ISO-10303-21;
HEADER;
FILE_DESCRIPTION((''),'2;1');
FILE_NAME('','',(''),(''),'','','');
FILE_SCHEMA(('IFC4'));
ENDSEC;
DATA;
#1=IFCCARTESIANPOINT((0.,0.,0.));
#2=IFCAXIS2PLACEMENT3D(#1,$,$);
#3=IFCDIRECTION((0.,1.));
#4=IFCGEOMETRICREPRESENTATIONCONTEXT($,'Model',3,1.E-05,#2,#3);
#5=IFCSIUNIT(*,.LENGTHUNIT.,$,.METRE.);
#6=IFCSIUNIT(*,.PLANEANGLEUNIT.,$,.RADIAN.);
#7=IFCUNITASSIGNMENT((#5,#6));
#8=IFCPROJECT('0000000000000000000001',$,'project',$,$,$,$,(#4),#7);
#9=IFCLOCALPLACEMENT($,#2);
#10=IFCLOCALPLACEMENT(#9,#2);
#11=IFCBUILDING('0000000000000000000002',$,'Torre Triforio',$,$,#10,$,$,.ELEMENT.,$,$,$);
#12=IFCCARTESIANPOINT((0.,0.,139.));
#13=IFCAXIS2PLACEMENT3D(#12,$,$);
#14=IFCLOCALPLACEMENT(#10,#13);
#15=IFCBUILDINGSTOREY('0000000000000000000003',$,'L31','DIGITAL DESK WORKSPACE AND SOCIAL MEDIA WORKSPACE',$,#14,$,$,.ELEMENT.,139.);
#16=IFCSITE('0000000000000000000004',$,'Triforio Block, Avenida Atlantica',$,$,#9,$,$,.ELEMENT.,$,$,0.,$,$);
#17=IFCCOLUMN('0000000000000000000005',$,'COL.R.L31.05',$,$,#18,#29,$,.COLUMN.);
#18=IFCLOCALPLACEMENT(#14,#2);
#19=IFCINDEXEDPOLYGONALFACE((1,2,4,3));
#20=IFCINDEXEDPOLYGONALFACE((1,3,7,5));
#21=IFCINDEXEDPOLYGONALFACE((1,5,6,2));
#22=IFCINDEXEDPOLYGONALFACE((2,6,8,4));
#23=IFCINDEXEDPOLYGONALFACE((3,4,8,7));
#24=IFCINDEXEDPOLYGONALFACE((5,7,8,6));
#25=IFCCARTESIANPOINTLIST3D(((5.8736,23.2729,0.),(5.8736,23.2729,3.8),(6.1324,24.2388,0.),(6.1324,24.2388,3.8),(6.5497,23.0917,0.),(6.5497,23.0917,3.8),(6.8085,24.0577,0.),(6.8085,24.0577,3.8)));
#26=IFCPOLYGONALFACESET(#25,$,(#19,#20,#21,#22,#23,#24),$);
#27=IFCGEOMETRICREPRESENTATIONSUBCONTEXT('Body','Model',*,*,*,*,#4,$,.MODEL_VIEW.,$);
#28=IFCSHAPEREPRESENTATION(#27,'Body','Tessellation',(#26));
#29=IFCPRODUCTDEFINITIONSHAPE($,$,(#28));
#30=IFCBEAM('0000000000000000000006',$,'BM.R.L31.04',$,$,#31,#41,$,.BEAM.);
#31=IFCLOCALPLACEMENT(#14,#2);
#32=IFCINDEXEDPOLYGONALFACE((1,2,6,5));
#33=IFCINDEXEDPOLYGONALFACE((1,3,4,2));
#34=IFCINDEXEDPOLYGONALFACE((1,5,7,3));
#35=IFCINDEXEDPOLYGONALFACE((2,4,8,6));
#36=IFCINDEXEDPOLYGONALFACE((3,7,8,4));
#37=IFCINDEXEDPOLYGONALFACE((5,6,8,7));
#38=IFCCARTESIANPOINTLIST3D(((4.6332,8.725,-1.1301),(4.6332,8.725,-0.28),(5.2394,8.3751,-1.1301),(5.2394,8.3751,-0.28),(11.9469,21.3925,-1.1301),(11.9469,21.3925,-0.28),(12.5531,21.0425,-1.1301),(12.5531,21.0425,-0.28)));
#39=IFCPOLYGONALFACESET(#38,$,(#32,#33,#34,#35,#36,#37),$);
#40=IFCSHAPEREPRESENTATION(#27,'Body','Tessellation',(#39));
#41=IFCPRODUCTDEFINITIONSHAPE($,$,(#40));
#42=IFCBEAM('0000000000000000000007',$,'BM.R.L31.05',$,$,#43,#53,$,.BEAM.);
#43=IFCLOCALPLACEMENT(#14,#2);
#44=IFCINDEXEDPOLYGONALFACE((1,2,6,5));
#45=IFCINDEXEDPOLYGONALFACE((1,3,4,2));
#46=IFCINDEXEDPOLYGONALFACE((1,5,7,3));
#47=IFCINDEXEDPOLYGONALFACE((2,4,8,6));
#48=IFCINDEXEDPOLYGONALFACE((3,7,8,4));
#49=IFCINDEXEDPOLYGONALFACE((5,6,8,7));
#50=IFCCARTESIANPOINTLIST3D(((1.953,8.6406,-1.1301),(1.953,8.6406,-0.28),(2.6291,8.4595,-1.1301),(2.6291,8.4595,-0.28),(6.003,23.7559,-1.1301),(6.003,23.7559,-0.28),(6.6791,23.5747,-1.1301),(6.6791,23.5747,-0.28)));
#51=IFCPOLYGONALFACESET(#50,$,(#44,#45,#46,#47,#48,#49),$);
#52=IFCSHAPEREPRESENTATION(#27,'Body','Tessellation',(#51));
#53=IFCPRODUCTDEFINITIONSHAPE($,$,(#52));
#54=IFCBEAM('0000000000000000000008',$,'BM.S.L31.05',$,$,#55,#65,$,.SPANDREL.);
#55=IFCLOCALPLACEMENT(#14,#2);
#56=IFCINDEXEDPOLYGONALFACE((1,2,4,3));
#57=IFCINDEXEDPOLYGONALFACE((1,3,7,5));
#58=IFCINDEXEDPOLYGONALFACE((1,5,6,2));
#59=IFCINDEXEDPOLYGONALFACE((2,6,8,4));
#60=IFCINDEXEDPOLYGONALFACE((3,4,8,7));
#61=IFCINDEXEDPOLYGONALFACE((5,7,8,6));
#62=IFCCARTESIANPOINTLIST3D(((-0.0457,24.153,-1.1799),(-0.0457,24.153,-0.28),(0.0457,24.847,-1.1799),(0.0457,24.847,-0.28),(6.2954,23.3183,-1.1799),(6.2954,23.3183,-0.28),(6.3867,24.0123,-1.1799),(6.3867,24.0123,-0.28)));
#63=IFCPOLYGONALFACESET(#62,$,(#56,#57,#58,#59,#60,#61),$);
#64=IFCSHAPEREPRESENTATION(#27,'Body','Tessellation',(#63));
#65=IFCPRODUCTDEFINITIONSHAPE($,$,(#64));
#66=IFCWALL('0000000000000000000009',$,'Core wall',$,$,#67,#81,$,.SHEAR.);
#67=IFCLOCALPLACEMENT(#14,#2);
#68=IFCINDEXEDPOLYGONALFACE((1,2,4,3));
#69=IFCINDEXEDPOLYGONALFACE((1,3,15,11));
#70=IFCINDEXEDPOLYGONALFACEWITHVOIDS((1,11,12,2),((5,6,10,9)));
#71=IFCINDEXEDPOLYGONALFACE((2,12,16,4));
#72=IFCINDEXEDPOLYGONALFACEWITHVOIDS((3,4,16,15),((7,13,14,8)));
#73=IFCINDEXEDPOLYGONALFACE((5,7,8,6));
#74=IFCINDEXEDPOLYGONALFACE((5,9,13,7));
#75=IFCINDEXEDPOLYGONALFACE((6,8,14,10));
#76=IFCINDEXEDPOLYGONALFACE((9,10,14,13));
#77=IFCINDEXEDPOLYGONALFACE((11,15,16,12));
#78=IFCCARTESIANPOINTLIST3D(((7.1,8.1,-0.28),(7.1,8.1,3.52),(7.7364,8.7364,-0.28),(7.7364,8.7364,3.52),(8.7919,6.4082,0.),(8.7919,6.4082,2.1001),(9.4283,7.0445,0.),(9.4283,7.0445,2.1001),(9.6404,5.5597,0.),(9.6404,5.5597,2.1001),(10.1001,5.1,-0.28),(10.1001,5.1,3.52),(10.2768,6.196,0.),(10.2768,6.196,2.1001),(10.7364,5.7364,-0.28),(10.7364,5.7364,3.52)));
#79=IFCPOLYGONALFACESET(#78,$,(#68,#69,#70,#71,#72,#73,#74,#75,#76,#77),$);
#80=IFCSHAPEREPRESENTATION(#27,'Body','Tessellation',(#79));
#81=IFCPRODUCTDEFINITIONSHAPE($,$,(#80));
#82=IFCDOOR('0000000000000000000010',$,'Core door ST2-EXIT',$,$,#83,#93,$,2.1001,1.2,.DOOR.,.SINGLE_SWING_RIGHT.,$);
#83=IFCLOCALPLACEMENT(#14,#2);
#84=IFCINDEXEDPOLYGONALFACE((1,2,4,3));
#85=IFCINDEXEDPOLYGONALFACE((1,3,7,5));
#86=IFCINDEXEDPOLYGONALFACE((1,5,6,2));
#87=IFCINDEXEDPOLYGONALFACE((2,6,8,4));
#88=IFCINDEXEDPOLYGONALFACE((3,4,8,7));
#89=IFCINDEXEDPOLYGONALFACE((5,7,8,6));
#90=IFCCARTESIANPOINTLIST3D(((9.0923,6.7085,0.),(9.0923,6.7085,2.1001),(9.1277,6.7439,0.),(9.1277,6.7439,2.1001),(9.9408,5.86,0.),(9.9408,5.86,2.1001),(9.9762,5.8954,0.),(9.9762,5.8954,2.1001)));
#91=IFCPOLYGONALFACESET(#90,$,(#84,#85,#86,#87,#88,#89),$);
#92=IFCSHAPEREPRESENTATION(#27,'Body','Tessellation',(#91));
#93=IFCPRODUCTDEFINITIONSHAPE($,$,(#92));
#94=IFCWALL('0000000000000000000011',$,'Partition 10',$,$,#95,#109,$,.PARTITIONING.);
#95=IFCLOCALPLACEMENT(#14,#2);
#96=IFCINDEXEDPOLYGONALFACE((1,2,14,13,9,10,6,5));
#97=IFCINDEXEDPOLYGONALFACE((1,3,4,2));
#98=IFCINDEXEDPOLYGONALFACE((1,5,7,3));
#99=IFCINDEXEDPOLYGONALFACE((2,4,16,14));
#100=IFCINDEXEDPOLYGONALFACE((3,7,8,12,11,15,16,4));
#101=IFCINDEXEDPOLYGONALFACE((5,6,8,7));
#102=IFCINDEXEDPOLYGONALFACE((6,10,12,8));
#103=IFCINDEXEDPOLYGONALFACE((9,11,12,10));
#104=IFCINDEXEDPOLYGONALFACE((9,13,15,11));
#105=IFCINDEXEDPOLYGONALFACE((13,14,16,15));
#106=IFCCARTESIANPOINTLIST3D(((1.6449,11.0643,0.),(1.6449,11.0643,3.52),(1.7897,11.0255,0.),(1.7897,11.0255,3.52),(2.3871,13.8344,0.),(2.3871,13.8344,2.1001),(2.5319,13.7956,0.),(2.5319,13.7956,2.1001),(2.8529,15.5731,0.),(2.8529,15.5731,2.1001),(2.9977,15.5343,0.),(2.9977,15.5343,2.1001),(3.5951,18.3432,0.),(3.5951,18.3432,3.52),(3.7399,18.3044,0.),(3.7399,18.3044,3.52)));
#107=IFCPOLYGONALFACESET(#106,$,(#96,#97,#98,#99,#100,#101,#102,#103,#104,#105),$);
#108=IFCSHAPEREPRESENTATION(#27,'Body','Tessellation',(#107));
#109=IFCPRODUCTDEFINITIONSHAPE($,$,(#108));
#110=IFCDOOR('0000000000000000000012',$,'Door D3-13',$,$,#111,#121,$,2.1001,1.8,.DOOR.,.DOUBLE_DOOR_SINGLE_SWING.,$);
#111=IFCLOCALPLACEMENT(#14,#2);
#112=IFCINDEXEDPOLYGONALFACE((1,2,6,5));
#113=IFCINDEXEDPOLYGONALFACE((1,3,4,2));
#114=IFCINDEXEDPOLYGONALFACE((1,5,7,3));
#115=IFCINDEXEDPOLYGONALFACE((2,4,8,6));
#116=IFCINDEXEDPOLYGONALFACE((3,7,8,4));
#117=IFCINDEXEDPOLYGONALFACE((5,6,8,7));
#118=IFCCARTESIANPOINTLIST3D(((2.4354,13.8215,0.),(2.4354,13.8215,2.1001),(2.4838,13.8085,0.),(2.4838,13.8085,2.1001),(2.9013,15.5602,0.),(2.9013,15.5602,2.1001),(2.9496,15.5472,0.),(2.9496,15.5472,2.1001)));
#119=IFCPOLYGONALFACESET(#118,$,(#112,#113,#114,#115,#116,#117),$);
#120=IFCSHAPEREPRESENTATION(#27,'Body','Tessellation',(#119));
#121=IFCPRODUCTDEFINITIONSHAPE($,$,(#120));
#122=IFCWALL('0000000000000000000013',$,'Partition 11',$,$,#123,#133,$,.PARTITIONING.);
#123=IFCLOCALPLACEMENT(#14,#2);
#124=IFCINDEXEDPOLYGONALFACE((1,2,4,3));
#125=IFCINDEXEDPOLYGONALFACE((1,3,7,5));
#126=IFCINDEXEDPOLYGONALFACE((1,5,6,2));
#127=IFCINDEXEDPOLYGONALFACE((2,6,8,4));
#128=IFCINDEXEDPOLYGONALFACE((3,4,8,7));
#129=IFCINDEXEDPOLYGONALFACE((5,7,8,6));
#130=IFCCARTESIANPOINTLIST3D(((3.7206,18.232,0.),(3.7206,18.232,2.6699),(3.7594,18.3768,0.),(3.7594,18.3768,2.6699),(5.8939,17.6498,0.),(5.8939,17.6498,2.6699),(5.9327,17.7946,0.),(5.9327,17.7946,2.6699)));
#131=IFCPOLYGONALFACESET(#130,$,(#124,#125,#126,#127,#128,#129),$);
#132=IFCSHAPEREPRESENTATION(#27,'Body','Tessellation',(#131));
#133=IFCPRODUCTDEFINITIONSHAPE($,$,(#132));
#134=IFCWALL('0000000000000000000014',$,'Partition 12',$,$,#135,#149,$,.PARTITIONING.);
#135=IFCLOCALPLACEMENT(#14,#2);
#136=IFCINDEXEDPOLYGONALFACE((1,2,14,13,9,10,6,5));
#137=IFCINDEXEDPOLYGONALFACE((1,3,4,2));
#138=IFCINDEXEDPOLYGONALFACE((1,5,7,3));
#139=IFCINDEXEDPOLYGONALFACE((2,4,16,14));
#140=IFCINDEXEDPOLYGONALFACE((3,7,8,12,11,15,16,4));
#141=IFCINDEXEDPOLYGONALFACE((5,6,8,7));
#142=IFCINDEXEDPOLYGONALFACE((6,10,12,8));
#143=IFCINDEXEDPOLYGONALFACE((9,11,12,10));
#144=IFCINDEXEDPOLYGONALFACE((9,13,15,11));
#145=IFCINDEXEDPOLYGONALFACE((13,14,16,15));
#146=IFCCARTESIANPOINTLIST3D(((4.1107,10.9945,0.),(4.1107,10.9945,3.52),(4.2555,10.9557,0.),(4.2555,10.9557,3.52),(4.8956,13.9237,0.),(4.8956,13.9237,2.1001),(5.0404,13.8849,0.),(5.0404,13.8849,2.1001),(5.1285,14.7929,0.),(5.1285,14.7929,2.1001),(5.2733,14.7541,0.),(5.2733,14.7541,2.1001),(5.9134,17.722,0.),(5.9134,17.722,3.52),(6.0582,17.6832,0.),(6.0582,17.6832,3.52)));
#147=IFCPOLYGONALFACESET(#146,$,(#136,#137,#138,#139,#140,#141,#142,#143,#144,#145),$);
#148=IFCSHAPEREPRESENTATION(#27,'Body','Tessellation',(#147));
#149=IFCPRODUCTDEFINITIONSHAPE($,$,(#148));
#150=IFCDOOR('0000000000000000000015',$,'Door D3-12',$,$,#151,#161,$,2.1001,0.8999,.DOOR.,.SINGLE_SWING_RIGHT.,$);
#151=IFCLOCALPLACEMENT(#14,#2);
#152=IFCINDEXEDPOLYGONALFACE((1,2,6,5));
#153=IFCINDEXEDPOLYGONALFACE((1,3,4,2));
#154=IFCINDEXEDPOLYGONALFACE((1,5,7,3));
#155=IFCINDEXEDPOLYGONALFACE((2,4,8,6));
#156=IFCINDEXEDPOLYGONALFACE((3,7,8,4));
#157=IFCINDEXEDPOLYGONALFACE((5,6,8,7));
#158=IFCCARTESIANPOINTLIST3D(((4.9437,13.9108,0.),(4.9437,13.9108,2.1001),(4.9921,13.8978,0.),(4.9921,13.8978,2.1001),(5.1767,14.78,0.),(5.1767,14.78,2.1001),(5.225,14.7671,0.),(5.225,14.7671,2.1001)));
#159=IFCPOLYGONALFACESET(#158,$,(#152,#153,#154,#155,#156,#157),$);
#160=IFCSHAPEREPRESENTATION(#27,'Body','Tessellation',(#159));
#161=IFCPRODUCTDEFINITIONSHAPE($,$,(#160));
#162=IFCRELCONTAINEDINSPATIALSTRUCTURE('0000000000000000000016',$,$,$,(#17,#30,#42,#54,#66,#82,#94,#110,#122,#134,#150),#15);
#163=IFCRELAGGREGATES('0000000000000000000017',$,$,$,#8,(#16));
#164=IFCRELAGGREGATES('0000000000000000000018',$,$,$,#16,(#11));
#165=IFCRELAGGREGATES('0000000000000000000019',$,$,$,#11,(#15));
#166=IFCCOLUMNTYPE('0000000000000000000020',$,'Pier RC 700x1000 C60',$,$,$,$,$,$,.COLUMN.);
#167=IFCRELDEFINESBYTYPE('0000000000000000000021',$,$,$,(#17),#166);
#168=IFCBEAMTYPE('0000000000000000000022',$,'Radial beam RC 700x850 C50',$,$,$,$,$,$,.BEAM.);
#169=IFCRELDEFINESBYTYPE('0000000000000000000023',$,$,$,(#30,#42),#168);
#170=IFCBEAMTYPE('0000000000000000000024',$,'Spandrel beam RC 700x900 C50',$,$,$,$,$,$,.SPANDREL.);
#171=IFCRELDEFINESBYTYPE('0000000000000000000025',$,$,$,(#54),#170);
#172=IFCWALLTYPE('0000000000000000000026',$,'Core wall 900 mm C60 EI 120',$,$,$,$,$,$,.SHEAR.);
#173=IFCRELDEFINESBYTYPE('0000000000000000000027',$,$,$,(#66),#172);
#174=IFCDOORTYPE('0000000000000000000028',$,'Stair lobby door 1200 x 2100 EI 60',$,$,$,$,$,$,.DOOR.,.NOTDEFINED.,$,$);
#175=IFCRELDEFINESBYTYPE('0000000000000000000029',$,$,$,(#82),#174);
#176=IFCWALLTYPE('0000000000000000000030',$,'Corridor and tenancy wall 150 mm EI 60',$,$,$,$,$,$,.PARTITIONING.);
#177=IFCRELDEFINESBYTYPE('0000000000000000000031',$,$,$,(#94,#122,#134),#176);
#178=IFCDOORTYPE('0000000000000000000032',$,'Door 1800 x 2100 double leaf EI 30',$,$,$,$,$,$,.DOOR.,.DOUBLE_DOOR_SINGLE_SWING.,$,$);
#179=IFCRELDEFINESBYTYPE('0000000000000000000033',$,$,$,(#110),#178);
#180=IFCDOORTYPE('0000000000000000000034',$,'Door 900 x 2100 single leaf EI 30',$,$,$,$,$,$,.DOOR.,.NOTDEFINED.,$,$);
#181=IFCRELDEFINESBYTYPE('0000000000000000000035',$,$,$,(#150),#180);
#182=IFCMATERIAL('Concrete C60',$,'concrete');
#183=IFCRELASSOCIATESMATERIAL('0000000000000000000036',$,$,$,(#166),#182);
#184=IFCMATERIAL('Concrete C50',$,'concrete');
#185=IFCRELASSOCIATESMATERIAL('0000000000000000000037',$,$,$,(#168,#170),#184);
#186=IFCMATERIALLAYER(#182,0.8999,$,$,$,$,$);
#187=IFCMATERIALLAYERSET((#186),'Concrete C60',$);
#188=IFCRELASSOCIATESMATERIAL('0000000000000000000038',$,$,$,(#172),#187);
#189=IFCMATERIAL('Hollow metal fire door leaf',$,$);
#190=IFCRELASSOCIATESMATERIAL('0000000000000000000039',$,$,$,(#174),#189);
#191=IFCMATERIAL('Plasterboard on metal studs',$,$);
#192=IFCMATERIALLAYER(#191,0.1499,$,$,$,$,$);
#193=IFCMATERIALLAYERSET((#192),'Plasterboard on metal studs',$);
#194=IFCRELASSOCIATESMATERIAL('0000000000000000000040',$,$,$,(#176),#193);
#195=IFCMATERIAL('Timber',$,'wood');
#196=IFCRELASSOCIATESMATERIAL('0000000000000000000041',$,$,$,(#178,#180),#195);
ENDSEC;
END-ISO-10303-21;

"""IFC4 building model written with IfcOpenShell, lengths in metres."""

from ifc_helpers import new_model, si_unit, direction, frame, frame_2d, origin, origin_2d, place, context, subcontext, project, spatial, rectangle, extrude, material, layer, layer_set, material_profile, profile_set, type_object, element, fill, save


model = new_model("IFC4")

# Units and contexts
model_context = context("Model", 3, precision=1e-05, world=origin(), true_north=direction((0.0, 1.0)))
body_context = subcontext(model_context, "Body", "Model", "MODEL_VIEW")
ifc_project = project(units=[si_unit("LENGTHUNIT", "METRE"), si_unit("PLANEANGLEUNIT", "RADIAN")], contexts=[model_context])

# Site, building, storey
site_placement = place(None, origin())
site = spatial("IfcSite", under=ifc_project, at=site_placement, Name="Triforio Block, Avenida Atlantica", CompositionType="ELEMENT", RefElevation=0.0)
building_placement = place(site_placement, origin())
building = spatial("IfcBuilding", under=site, at=building_placement, Name="Torre Triforio", CompositionType="ELEMENT")
storey_placement = place(building_placement, frame((0.0, 0.0, 139.0)))
storey = spatial("IfcBuildingStorey", under=building, at=storey_placement, Name="L31", Description="DIGITAL DESK WORKSPACE AND SOCIAL MEDIA WORKSPACE", CompositionType="ELEMENT", Elevation=139.0)

# Column
ifc_material_1 = material(Name="Concrete C60", Category="concrete")
ifc_material_profile_1 = material_profile(ifc_material_1, rectangle(XDim=0.7, YDim=1.0, at=origin_2d()), Name="RC 700x1000")
ifc_profile_set_1 = profile_set([ifc_material_profile_1], Name="Concrete C60")
column_type = type_object("IfcColumnType", Name="Pier RC 700x1000 C60", PredefinedType="COLUMN", material=ifc_profile_set_1)
column_placement = place(storey_placement, frame((6.3411, 23.6653, 0.0), z_axis=(0.0, 0.0, 1.0), x_axis=(-0.965926, 0.258819, 0.0)))
element("IfcColumn", 1, at=column_placement, inside=storey, type_object=column_type, Name="COL.R.L31.05", PredefinedType="COLUMN", context=body_context, shape_type="SweptSolid", body=[
    extrude(rectangle(XDim=0.7, YDim=1.0, at=origin_2d()), origin(), (0.0, 0.0, 1.0), 3.8),
])

# Beams
ifc_material_2 = material(Name="Concrete C50", Category="concrete")
ifc_material_profile_2 = material_profile(ifc_material_2, rectangle(XDim=0.7, YDim=0.8501, at=origin_2d()), Name="RC 700x850")
ifc_profile_set_2 = profile_set([ifc_material_profile_2], Name="Concrete C50")
beam_type_1 = type_object("IfcBeamType", Name="Radial beam RC 700x850 C50", PredefinedType="BEAM", material=ifc_profile_set_2)
beam_1_placement = place(storey_placement, frame((4.9363, 8.55, -0.7051), z_axis=(0.500008, 0.866021, 0.0), x_axis=(-0.866021, 0.500008, 0.0)))
element("IfcBeam", 2, at=beam_1_placement, inside=storey, type_object=beam_type_1, Name="BM.R.L31.04", PredefinedType="BEAM", context=body_context, shape_type="SweptSolid", body=[
    extrude(rectangle(XDim=0.7, YDim=0.8501, at=origin_2d()), origin(), (0.0, 0.0, 1.0), 14.6272),
])
beam_2_placement = place(storey_placement, frame((2.291, 8.55, -0.7051), z_axis=(0.258815, 0.965927, 0.0), x_axis=(-0.965927, 0.258815, 0.0)))
element("IfcBeam", 3, at=beam_2_placement, inside=storey, type_object=beam_type_1, Name="BM.R.L31.05", PredefinedType="BEAM", context=body_context, shape_type="SweptSolid", body=[
    extrude(rectangle(XDim=0.7, YDim=0.8501, at=origin_2d()), origin(), (0.0, 0.0, 1.0), 15.6484),
])
ifc_material_profile_3 = material_profile(ifc_material_2, rectangle(XDim=0.7, YDim=0.8999, at=origin_2d()), Name="RC 700x900")
ifc_profile_set_3 = profile_set([ifc_material_profile_3], Name="Concrete C50")
beam_type_2 = type_object("IfcBeamType", Name="Spandrel beam RC 700x900 C50", PredefinedType="SPANDREL", material=ifc_profile_set_3)
beam_3_placement = place(storey_placement, frame((6.3411, 23.6653, -0.73), z_axis=(-0.991447, 0.130511, 0.0), x_axis=(-0.130511, -0.991447, 0.0)))
element("IfcBeam", 4, at=beam_3_placement, inside=storey, type_object=beam_type_2, Name="BM.S.L31.05", PredefinedType="SPANDREL", context=body_context, shape_type="SweptSolid", body=[
    extrude(rectangle(XDim=0.7, YDim=0.8999, at=origin_2d()), origin(), (0.0, 0.0, 1.0), 6.3958),
])

# Walls, openings, doors
ifc_layer_1 = layer(ifc_material_1, 0.8999)
ifc_layer_set_1 = layer_set([ifc_layer_1], Name="Concrete C60")
wall_type_1 = type_object("IfcWallType", Name="Core wall 900 mm C60 EI 120", PredefinedType="SHEAR", material=ifc_layer_set_1)
wall_1_placement = place(storey_placement, frame((7.4182, 8.4182, -0.28), z_axis=(0.0, 0.0, 1.0), x_axis=(0.707107, -0.707107, 0.0)))
wall_1 = element("IfcWall", 5, at=wall_1_placement, inside=storey, type_object=wall_type_1, Name="Core wall", PredefinedType="SHEAR", context=body_context, shape_type="SweptSolid", body=[
    extrude(rectangle(XDim=4.2427, YDim=0.8999, at=frame_2d((2.1213, 0.0))), origin(), (0.0, 0.0, 1.0), 3.8),
])
opening_1_placement = place(wall_1_placement, frame((2.3926, 0.0, 0.28)))
opening_1 = element("IfcOpeningElement", 6, at=opening_1_placement, cuts=wall_1, PredefinedType="OPENING", context=body_context, shape_type="SweptSolid", body=[
    extrude(rectangle(XDim=1.2, YDim=2.1001, at=frame_2d((0.6001, 1.05))), frame((0.0, 0.46, 0.0), z_axis=(0.0, -1.0, 0.0), x_axis=(1.0, 0.0, 0.0)), (0.0, 0.0, 1.0), 0.9199),
])
ifc_material_3 = material(Name="Hollow metal fire door leaf")
door_type_1 = type_object("IfcDoorType", Name="Stair lobby door 1200 x 2100 EI 60", OperationType="NOTDEFINED", PredefinedType="DOOR", material=ifc_material_3)
door_1_placement = place(opening_1_placement, origin())
door_1 = element("IfcDoor", 7, at=door_1_placement, inside=storey, type_object=door_type_1, Name="Core door ST2-EXIT", OperationType="SINGLE_SWING_RIGHT", OverallHeight=2.1001, OverallWidth=1.2, PredefinedType="DOOR", context=body_context, shape_type="SweptSolid", body=[
    extrude(rectangle(XDim=1.2, YDim=2.1001, at=frame_2d((0.6001, 1.05))), frame((0.0, 0.0249, 0.0), z_axis=(0.0, -1.0, 0.0), x_axis=(1.0, 0.0, 0.0)), (0.0, 0.0, 1.0), 0.05),
])
fill(opening_1, door_1)
ifc_material_4 = material(Name="Plasterboard on metal studs")
ifc_layer_2 = layer(ifc_material_4, 0.1499)
ifc_layer_set_2 = layer_set([ifc_layer_2], Name="Plasterboard on metal studs")
wall_type_2 = type_object("IfcWallType", Name="Corridor and tenancy wall 150 mm EI 60", PredefinedType="PARTITIONING", material=ifc_layer_set_2)
wall_2_placement = place(storey_placement, frame((1.7173, 11.0449, 0.0), z_axis=(0.0, 0.0, 1.0), x_axis=(0.2588, 0.965931, 0.0)))
wall_2 = element("IfcWall", 8, at=wall_2_placement, inside=storey, type_object=wall_type_2, Name="Partition 10", PredefinedType="PARTITIONING", context=body_context, shape_type="SweptSolid", body=[
    extrude(rectangle(XDim=7.5356, YDim=0.1499, at=frame_2d((3.7678, 0.0))), origin(), (0.0, 0.0, 1.0), 3.52),
])
opening_2_placement = place(wall_2_placement, frame((2.8679, 0.0, 0.0)))
opening_2 = element("IfcOpeningElement", 9, at=opening_2_placement, cuts=wall_2, PredefinedType="OPENING", context=body_context, shape_type="SweptSolid", body=[
    extrude(rectangle(XDim=1.8, YDim=2.1001, at=frame_2d((0.8999, 1.05))), frame((0.0, 0.085, 0.0), z_axis=(0.0, -1.0, 0.0), x_axis=(1.0, 0.0, 0.0)), (0.0, 0.0, 1.0), 0.1699),
])
ifc_material_5 = material(Name="Timber", Category="wood")
door_type_2 = type_object("IfcDoorType", Name="Door 1800 x 2100 double leaf EI 30", OperationType="DOUBLE_DOOR_SINGLE_SWING", PredefinedType="DOOR", material=ifc_material_5)
door_2_placement = place(opening_2_placement, origin())
door_2 = element("IfcDoor", 10, at=door_2_placement, inside=storey, type_object=door_type_2, Name="Door D3-13", OperationType="DOUBLE_DOOR_SINGLE_SWING", OverallHeight=2.1001, OverallWidth=1.8, PredefinedType="DOOR", context=body_context, shape_type="SweptSolid", body=[
    extrude(rectangle(XDim=1.8, YDim=2.1001, at=frame_2d((0.8999, 1.05))), frame((0.0, 0.0249, 0.0), z_axis=(0.0, -1.0, 0.0), x_axis=(1.0, 0.0, 0.0)), (0.0, 0.0, 1.0), 0.05),
])
fill(opening_2, door_2)

# Wall
wall_3_placement = place(storey_placement, frame((3.74, 18.3044, 0.0), z_axis=(0.0, 0.0, 1.0), x_axis=(0.965934, -0.25879, 0.0)))
element("IfcWall", 11, at=wall_3_placement, inside=storey, type_object=wall_type_2, Name="Partition 11", PredefinedType="PARTITIONING", context=body_context, shape_type="SweptSolid", body=[
    extrude(rectangle(XDim=2.25, YDim=0.1499, at=frame_2d((1.125, 0.0))), origin(), (0.0, 0.0, 1.0), 2.6699),
])

# Wall, opening, door
wall_4_placement = place(storey_placement, frame((5.9858, 17.7026, 0.0), z_axis=(0.0, 0.0, 1.0), x_axis=(-0.258832, -0.965922, 0.0)))
wall_4 = element("IfcWall", 12, at=wall_4_placement, inside=storey, type_object=wall_type_2, Name="Partition 12", PredefinedType="PARTITIONING", context=body_context, shape_type="SweptSolid", body=[
    extrude(rectangle(XDim=6.9648, YDim=0.1499, at=frame_2d((3.4824, 0.0))), origin(), (0.0, 0.0, 1.0), 3.52),
])
opening_3_placement = place(wall_4_placement, frame((3.0325, 0.0, 0.0)))
opening_3 = element("IfcOpeningElement", 13, at=opening_3_placement, cuts=wall_4, PredefinedType="OPENING", context=body_context, shape_type="SweptSolid", body=[
    extrude(rectangle(XDim=0.8999, YDim=2.1001, at=frame_2d((0.45, 1.05))), frame((0.0, 0.085, 0.0), z_axis=(0.0, -1.0, 0.0), x_axis=(1.0, 0.0, 0.0)), (0.0, 0.0, 1.0), 0.1699),
])
door_type_3 = type_object("IfcDoorType", Name="Door 900 x 2100 single leaf EI 30", OperationType="NOTDEFINED", PredefinedType="DOOR", material=ifc_material_5)
door_3_placement = place(opening_3_placement, origin())
door_3 = element("IfcDoor", 14, at=door_3_placement, inside=storey, type_object=door_type_3, Name="Door D3-12", OperationType="SINGLE_SWING_RIGHT", OverallHeight=2.1001, OverallWidth=0.8999, PredefinedType="DOOR", context=body_context, shape_type="SweptSolid", body=[
    extrude(rectangle(XDim=0.8999, YDim=2.1001, at=frame_2d((0.45, 1.05))), frame((0.0, 0.0249, 0.0), z_axis=(0.0, -1.0, 0.0), x_axis=(1.0, 0.0, 0.0)), (0.0, 0.0, 1.0), 0.05),
])
fill(opening_3, door_3)

save(model, "model.ifc")
